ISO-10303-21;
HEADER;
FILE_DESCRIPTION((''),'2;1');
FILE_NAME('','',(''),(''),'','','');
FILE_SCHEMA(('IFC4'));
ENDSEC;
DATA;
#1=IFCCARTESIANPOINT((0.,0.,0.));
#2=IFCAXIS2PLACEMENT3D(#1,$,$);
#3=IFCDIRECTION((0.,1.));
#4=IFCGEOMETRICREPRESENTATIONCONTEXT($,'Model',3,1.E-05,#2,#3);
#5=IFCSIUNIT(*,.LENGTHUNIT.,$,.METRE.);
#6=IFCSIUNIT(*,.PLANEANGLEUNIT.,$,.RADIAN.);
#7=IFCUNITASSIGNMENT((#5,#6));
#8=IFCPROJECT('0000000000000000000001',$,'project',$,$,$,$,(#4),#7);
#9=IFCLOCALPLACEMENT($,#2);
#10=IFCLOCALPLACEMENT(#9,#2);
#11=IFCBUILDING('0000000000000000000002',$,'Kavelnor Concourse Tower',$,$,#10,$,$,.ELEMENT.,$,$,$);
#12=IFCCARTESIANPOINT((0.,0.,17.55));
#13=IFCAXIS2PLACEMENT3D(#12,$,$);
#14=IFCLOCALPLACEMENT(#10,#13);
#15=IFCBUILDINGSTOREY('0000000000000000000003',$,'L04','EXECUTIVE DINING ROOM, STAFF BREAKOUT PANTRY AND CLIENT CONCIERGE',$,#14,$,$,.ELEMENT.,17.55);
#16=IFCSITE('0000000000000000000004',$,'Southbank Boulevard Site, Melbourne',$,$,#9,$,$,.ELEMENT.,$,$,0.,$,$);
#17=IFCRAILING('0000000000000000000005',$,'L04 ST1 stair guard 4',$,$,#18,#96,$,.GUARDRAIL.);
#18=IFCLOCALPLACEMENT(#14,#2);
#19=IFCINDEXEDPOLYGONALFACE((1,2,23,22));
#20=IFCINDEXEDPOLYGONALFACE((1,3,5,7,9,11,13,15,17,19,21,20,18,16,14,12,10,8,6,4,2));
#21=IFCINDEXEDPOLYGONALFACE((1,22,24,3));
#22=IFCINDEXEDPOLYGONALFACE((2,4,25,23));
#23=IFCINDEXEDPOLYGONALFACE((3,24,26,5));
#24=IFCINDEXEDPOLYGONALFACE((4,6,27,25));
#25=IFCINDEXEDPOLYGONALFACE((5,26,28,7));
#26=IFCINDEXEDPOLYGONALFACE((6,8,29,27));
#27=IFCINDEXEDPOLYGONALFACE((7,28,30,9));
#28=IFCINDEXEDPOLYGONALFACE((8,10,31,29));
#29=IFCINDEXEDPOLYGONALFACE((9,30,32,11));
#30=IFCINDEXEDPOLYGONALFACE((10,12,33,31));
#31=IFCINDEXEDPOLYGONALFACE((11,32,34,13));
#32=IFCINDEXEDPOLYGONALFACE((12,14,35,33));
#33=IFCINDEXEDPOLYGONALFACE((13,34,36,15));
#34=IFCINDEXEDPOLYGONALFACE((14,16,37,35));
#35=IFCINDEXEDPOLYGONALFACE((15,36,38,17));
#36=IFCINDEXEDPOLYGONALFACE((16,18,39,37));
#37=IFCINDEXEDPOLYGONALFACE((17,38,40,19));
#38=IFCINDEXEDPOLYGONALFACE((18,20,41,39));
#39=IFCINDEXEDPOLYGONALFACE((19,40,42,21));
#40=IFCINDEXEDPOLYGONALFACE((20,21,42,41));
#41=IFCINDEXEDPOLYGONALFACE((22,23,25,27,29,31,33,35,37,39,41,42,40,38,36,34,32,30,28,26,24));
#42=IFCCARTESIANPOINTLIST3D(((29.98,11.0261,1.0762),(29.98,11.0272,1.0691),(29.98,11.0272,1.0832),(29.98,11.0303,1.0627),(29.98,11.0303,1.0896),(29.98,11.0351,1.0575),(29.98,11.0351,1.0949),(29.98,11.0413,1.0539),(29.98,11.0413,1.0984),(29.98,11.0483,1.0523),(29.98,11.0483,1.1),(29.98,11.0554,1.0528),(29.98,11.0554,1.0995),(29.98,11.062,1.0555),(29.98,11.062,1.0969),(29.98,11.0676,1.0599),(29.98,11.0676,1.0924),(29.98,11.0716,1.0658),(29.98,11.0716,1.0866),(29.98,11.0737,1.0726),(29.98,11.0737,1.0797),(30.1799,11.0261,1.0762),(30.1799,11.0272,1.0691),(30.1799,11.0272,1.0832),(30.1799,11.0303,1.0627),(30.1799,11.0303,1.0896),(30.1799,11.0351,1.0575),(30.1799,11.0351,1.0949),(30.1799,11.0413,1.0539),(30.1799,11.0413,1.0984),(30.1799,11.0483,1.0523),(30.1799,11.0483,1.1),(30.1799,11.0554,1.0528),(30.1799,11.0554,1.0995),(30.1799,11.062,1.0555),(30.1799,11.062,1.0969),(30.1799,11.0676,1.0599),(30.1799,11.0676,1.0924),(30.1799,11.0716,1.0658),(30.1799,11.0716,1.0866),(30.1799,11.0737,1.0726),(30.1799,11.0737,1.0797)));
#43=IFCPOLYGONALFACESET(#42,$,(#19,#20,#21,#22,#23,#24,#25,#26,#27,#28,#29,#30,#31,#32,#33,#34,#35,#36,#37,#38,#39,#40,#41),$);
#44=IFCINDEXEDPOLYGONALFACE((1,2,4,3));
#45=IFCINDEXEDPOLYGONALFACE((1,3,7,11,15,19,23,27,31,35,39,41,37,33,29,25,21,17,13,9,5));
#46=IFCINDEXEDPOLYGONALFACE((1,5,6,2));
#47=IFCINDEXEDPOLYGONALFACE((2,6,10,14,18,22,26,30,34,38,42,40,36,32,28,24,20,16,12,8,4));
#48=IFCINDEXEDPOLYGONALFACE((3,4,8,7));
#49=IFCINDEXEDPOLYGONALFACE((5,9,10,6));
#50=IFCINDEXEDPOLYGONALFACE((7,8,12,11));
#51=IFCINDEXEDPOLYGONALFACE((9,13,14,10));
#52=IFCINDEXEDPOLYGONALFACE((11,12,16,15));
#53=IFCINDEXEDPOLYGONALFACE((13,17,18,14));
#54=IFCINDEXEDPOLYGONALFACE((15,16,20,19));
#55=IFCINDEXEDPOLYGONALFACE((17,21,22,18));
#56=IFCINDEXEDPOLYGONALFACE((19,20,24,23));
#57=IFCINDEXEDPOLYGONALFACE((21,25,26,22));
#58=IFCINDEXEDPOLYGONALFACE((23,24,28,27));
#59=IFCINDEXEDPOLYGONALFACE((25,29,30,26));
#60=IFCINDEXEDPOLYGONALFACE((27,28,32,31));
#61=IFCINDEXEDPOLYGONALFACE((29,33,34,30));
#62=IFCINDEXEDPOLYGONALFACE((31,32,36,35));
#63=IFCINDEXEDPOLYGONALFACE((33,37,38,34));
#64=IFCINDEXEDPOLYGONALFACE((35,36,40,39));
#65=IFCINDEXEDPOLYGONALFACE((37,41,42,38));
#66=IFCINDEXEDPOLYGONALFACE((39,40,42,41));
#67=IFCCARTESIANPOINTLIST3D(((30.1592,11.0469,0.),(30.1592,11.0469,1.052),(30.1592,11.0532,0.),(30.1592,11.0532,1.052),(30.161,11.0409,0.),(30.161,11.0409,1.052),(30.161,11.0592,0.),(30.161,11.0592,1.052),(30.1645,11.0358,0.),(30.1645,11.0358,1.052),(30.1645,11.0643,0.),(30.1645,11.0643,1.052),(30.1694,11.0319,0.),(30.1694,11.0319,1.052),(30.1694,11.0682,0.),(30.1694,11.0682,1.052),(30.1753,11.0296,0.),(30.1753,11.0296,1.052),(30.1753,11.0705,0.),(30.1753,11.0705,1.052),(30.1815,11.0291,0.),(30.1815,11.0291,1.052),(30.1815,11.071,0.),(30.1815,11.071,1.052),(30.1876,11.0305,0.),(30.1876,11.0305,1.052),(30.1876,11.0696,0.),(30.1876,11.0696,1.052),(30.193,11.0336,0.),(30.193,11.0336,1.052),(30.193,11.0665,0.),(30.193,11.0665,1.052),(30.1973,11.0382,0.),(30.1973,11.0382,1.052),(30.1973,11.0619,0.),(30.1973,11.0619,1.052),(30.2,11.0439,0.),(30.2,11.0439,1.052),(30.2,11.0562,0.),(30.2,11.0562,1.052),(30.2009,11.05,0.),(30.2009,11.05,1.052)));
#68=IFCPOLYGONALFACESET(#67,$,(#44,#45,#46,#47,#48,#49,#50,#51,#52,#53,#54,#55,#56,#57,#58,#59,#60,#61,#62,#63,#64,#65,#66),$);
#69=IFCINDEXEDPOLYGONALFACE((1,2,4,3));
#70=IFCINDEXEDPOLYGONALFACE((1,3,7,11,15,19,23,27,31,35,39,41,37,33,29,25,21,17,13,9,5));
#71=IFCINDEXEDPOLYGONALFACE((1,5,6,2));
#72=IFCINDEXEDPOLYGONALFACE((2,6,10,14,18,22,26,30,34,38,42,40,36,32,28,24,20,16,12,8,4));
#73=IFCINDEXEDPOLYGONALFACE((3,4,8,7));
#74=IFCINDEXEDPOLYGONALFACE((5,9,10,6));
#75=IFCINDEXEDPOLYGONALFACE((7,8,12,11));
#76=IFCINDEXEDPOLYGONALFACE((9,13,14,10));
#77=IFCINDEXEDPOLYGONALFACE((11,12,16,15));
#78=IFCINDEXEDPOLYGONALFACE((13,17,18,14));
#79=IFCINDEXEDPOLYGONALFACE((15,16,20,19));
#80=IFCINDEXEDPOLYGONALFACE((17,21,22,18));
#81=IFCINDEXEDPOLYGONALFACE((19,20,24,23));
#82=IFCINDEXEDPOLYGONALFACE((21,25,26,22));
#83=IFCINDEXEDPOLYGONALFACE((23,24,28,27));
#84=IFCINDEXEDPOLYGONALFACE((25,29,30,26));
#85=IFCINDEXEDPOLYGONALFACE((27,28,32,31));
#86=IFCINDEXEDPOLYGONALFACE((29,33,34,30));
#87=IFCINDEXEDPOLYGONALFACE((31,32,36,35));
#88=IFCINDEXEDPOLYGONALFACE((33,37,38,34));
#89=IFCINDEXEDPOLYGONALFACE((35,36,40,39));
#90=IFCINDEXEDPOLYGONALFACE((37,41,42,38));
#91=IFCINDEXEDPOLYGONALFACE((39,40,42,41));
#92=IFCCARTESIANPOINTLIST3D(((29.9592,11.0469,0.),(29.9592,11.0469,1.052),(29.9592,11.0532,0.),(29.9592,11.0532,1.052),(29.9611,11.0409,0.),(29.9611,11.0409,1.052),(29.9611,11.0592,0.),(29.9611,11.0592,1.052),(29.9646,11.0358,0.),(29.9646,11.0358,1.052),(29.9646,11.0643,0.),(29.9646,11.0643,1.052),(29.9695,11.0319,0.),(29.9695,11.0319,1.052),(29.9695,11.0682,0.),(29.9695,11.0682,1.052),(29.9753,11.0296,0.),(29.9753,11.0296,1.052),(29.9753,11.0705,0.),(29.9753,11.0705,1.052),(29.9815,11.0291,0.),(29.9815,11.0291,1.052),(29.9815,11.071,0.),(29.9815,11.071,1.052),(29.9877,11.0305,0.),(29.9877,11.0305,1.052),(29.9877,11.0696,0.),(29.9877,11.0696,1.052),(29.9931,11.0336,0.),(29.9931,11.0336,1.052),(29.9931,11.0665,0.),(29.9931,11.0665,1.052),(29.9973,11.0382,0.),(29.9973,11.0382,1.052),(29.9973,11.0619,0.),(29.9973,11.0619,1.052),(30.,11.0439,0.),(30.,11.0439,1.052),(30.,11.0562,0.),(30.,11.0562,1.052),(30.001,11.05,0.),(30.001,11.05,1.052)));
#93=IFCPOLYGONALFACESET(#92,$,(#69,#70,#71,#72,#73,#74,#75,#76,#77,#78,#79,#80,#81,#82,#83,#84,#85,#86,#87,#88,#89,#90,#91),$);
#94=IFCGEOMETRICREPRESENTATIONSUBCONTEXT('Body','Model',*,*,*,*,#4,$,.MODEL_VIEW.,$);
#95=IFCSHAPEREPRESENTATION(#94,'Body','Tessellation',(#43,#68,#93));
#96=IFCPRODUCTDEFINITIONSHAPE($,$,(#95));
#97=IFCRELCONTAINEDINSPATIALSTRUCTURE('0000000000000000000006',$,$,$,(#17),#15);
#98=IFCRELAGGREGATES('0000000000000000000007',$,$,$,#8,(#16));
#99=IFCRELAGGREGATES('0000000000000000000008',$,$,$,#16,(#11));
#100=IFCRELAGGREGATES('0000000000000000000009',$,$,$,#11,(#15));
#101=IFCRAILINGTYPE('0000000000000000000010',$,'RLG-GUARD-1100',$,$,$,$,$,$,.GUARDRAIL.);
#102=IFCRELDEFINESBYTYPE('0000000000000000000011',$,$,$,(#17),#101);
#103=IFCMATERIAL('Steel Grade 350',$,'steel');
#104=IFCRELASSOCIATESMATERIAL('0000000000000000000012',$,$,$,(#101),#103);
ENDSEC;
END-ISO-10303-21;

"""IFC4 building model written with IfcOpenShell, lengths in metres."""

from ifc_helpers import new_model, si_unit, direction, frame, origin, origin_2d, place, context, subcontext, project, spatial, circle, extrude, material, type_object, element, save


model = new_model("IFC4")

# Units and contexts
model_context = context("Model", 3, precision=1e-05, world=origin(), true_north=direction((0.0, 1.0)))
body_context = subcontext(model_context, "Body", "Model", "MODEL_VIEW")
ifc_project = project(units=[si_unit("LENGTHUNIT", "METRE"), si_unit("PLANEANGLEUNIT", "RADIAN")], contexts=[model_context])

# Site, building, storey
site_placement = place(None, origin())
site = spatial("IfcSite", under=ifc_project, at=site_placement, Name="Southbank Boulevard Site, Melbourne", CompositionType="ELEMENT", RefElevation=0.0)
building_placement = place(site_placement, origin())
building = spatial("IfcBuilding", under=site, at=building_placement, Name="Kavelnor Concourse Tower", CompositionType="ELEMENT")
storey_placement = place(building_placement, frame((0.0, 0.0, 17.55)))
storey = spatial("IfcBuildingStorey", under=building, at=storey_placement, Name="L04", Description="EXECUTIVE DINING ROOM, STAFF BREAKOUT PANTRY AND CLIENT CONCIERGE", CompositionType="ELEMENT", Elevation=17.55)

# Shared definitions
ifc_material_1 = material(Name="Steel Grade 350", Category="steel")

# Railing
railing_type_1 = type_object("IfcRailingType", Name="RLG-GUARD-1100", PredefinedType="GUARDRAIL", material=ifc_material_1)
railing_1_placement = place(storey_placement, frame((30.1799, 11.05, 0.0)))
element("IfcRailing", 1, at=railing_1_placement, inside=storey, type_object=railing_type_1, Name="L04 ST1 stair guard 4", PredefinedType="GUARDRAIL", context=body_context, shape_type="SweptSolid", body=[
    extrude(circle(Radius=0.0239, at=origin_2d()), frame((0.0, 0.0, 1.0762), z_axis=(-1.0, 0.0, 0.0), x_axis=(0.0, -1.0, 0.0)), (0.0, 0.0, 1.0), 0.2),
    extrude(circle(Radius=0.021, at=origin_2d()), origin(), (0.0, 0.0, 1.0), 1.052),
    extrude(circle(Radius=0.021, at=origin_2d()), frame((-0.2, 0.0, 0.0)), (0.0, 0.0, 1.0), 1.052),
])

save(model, "model.ifc")
